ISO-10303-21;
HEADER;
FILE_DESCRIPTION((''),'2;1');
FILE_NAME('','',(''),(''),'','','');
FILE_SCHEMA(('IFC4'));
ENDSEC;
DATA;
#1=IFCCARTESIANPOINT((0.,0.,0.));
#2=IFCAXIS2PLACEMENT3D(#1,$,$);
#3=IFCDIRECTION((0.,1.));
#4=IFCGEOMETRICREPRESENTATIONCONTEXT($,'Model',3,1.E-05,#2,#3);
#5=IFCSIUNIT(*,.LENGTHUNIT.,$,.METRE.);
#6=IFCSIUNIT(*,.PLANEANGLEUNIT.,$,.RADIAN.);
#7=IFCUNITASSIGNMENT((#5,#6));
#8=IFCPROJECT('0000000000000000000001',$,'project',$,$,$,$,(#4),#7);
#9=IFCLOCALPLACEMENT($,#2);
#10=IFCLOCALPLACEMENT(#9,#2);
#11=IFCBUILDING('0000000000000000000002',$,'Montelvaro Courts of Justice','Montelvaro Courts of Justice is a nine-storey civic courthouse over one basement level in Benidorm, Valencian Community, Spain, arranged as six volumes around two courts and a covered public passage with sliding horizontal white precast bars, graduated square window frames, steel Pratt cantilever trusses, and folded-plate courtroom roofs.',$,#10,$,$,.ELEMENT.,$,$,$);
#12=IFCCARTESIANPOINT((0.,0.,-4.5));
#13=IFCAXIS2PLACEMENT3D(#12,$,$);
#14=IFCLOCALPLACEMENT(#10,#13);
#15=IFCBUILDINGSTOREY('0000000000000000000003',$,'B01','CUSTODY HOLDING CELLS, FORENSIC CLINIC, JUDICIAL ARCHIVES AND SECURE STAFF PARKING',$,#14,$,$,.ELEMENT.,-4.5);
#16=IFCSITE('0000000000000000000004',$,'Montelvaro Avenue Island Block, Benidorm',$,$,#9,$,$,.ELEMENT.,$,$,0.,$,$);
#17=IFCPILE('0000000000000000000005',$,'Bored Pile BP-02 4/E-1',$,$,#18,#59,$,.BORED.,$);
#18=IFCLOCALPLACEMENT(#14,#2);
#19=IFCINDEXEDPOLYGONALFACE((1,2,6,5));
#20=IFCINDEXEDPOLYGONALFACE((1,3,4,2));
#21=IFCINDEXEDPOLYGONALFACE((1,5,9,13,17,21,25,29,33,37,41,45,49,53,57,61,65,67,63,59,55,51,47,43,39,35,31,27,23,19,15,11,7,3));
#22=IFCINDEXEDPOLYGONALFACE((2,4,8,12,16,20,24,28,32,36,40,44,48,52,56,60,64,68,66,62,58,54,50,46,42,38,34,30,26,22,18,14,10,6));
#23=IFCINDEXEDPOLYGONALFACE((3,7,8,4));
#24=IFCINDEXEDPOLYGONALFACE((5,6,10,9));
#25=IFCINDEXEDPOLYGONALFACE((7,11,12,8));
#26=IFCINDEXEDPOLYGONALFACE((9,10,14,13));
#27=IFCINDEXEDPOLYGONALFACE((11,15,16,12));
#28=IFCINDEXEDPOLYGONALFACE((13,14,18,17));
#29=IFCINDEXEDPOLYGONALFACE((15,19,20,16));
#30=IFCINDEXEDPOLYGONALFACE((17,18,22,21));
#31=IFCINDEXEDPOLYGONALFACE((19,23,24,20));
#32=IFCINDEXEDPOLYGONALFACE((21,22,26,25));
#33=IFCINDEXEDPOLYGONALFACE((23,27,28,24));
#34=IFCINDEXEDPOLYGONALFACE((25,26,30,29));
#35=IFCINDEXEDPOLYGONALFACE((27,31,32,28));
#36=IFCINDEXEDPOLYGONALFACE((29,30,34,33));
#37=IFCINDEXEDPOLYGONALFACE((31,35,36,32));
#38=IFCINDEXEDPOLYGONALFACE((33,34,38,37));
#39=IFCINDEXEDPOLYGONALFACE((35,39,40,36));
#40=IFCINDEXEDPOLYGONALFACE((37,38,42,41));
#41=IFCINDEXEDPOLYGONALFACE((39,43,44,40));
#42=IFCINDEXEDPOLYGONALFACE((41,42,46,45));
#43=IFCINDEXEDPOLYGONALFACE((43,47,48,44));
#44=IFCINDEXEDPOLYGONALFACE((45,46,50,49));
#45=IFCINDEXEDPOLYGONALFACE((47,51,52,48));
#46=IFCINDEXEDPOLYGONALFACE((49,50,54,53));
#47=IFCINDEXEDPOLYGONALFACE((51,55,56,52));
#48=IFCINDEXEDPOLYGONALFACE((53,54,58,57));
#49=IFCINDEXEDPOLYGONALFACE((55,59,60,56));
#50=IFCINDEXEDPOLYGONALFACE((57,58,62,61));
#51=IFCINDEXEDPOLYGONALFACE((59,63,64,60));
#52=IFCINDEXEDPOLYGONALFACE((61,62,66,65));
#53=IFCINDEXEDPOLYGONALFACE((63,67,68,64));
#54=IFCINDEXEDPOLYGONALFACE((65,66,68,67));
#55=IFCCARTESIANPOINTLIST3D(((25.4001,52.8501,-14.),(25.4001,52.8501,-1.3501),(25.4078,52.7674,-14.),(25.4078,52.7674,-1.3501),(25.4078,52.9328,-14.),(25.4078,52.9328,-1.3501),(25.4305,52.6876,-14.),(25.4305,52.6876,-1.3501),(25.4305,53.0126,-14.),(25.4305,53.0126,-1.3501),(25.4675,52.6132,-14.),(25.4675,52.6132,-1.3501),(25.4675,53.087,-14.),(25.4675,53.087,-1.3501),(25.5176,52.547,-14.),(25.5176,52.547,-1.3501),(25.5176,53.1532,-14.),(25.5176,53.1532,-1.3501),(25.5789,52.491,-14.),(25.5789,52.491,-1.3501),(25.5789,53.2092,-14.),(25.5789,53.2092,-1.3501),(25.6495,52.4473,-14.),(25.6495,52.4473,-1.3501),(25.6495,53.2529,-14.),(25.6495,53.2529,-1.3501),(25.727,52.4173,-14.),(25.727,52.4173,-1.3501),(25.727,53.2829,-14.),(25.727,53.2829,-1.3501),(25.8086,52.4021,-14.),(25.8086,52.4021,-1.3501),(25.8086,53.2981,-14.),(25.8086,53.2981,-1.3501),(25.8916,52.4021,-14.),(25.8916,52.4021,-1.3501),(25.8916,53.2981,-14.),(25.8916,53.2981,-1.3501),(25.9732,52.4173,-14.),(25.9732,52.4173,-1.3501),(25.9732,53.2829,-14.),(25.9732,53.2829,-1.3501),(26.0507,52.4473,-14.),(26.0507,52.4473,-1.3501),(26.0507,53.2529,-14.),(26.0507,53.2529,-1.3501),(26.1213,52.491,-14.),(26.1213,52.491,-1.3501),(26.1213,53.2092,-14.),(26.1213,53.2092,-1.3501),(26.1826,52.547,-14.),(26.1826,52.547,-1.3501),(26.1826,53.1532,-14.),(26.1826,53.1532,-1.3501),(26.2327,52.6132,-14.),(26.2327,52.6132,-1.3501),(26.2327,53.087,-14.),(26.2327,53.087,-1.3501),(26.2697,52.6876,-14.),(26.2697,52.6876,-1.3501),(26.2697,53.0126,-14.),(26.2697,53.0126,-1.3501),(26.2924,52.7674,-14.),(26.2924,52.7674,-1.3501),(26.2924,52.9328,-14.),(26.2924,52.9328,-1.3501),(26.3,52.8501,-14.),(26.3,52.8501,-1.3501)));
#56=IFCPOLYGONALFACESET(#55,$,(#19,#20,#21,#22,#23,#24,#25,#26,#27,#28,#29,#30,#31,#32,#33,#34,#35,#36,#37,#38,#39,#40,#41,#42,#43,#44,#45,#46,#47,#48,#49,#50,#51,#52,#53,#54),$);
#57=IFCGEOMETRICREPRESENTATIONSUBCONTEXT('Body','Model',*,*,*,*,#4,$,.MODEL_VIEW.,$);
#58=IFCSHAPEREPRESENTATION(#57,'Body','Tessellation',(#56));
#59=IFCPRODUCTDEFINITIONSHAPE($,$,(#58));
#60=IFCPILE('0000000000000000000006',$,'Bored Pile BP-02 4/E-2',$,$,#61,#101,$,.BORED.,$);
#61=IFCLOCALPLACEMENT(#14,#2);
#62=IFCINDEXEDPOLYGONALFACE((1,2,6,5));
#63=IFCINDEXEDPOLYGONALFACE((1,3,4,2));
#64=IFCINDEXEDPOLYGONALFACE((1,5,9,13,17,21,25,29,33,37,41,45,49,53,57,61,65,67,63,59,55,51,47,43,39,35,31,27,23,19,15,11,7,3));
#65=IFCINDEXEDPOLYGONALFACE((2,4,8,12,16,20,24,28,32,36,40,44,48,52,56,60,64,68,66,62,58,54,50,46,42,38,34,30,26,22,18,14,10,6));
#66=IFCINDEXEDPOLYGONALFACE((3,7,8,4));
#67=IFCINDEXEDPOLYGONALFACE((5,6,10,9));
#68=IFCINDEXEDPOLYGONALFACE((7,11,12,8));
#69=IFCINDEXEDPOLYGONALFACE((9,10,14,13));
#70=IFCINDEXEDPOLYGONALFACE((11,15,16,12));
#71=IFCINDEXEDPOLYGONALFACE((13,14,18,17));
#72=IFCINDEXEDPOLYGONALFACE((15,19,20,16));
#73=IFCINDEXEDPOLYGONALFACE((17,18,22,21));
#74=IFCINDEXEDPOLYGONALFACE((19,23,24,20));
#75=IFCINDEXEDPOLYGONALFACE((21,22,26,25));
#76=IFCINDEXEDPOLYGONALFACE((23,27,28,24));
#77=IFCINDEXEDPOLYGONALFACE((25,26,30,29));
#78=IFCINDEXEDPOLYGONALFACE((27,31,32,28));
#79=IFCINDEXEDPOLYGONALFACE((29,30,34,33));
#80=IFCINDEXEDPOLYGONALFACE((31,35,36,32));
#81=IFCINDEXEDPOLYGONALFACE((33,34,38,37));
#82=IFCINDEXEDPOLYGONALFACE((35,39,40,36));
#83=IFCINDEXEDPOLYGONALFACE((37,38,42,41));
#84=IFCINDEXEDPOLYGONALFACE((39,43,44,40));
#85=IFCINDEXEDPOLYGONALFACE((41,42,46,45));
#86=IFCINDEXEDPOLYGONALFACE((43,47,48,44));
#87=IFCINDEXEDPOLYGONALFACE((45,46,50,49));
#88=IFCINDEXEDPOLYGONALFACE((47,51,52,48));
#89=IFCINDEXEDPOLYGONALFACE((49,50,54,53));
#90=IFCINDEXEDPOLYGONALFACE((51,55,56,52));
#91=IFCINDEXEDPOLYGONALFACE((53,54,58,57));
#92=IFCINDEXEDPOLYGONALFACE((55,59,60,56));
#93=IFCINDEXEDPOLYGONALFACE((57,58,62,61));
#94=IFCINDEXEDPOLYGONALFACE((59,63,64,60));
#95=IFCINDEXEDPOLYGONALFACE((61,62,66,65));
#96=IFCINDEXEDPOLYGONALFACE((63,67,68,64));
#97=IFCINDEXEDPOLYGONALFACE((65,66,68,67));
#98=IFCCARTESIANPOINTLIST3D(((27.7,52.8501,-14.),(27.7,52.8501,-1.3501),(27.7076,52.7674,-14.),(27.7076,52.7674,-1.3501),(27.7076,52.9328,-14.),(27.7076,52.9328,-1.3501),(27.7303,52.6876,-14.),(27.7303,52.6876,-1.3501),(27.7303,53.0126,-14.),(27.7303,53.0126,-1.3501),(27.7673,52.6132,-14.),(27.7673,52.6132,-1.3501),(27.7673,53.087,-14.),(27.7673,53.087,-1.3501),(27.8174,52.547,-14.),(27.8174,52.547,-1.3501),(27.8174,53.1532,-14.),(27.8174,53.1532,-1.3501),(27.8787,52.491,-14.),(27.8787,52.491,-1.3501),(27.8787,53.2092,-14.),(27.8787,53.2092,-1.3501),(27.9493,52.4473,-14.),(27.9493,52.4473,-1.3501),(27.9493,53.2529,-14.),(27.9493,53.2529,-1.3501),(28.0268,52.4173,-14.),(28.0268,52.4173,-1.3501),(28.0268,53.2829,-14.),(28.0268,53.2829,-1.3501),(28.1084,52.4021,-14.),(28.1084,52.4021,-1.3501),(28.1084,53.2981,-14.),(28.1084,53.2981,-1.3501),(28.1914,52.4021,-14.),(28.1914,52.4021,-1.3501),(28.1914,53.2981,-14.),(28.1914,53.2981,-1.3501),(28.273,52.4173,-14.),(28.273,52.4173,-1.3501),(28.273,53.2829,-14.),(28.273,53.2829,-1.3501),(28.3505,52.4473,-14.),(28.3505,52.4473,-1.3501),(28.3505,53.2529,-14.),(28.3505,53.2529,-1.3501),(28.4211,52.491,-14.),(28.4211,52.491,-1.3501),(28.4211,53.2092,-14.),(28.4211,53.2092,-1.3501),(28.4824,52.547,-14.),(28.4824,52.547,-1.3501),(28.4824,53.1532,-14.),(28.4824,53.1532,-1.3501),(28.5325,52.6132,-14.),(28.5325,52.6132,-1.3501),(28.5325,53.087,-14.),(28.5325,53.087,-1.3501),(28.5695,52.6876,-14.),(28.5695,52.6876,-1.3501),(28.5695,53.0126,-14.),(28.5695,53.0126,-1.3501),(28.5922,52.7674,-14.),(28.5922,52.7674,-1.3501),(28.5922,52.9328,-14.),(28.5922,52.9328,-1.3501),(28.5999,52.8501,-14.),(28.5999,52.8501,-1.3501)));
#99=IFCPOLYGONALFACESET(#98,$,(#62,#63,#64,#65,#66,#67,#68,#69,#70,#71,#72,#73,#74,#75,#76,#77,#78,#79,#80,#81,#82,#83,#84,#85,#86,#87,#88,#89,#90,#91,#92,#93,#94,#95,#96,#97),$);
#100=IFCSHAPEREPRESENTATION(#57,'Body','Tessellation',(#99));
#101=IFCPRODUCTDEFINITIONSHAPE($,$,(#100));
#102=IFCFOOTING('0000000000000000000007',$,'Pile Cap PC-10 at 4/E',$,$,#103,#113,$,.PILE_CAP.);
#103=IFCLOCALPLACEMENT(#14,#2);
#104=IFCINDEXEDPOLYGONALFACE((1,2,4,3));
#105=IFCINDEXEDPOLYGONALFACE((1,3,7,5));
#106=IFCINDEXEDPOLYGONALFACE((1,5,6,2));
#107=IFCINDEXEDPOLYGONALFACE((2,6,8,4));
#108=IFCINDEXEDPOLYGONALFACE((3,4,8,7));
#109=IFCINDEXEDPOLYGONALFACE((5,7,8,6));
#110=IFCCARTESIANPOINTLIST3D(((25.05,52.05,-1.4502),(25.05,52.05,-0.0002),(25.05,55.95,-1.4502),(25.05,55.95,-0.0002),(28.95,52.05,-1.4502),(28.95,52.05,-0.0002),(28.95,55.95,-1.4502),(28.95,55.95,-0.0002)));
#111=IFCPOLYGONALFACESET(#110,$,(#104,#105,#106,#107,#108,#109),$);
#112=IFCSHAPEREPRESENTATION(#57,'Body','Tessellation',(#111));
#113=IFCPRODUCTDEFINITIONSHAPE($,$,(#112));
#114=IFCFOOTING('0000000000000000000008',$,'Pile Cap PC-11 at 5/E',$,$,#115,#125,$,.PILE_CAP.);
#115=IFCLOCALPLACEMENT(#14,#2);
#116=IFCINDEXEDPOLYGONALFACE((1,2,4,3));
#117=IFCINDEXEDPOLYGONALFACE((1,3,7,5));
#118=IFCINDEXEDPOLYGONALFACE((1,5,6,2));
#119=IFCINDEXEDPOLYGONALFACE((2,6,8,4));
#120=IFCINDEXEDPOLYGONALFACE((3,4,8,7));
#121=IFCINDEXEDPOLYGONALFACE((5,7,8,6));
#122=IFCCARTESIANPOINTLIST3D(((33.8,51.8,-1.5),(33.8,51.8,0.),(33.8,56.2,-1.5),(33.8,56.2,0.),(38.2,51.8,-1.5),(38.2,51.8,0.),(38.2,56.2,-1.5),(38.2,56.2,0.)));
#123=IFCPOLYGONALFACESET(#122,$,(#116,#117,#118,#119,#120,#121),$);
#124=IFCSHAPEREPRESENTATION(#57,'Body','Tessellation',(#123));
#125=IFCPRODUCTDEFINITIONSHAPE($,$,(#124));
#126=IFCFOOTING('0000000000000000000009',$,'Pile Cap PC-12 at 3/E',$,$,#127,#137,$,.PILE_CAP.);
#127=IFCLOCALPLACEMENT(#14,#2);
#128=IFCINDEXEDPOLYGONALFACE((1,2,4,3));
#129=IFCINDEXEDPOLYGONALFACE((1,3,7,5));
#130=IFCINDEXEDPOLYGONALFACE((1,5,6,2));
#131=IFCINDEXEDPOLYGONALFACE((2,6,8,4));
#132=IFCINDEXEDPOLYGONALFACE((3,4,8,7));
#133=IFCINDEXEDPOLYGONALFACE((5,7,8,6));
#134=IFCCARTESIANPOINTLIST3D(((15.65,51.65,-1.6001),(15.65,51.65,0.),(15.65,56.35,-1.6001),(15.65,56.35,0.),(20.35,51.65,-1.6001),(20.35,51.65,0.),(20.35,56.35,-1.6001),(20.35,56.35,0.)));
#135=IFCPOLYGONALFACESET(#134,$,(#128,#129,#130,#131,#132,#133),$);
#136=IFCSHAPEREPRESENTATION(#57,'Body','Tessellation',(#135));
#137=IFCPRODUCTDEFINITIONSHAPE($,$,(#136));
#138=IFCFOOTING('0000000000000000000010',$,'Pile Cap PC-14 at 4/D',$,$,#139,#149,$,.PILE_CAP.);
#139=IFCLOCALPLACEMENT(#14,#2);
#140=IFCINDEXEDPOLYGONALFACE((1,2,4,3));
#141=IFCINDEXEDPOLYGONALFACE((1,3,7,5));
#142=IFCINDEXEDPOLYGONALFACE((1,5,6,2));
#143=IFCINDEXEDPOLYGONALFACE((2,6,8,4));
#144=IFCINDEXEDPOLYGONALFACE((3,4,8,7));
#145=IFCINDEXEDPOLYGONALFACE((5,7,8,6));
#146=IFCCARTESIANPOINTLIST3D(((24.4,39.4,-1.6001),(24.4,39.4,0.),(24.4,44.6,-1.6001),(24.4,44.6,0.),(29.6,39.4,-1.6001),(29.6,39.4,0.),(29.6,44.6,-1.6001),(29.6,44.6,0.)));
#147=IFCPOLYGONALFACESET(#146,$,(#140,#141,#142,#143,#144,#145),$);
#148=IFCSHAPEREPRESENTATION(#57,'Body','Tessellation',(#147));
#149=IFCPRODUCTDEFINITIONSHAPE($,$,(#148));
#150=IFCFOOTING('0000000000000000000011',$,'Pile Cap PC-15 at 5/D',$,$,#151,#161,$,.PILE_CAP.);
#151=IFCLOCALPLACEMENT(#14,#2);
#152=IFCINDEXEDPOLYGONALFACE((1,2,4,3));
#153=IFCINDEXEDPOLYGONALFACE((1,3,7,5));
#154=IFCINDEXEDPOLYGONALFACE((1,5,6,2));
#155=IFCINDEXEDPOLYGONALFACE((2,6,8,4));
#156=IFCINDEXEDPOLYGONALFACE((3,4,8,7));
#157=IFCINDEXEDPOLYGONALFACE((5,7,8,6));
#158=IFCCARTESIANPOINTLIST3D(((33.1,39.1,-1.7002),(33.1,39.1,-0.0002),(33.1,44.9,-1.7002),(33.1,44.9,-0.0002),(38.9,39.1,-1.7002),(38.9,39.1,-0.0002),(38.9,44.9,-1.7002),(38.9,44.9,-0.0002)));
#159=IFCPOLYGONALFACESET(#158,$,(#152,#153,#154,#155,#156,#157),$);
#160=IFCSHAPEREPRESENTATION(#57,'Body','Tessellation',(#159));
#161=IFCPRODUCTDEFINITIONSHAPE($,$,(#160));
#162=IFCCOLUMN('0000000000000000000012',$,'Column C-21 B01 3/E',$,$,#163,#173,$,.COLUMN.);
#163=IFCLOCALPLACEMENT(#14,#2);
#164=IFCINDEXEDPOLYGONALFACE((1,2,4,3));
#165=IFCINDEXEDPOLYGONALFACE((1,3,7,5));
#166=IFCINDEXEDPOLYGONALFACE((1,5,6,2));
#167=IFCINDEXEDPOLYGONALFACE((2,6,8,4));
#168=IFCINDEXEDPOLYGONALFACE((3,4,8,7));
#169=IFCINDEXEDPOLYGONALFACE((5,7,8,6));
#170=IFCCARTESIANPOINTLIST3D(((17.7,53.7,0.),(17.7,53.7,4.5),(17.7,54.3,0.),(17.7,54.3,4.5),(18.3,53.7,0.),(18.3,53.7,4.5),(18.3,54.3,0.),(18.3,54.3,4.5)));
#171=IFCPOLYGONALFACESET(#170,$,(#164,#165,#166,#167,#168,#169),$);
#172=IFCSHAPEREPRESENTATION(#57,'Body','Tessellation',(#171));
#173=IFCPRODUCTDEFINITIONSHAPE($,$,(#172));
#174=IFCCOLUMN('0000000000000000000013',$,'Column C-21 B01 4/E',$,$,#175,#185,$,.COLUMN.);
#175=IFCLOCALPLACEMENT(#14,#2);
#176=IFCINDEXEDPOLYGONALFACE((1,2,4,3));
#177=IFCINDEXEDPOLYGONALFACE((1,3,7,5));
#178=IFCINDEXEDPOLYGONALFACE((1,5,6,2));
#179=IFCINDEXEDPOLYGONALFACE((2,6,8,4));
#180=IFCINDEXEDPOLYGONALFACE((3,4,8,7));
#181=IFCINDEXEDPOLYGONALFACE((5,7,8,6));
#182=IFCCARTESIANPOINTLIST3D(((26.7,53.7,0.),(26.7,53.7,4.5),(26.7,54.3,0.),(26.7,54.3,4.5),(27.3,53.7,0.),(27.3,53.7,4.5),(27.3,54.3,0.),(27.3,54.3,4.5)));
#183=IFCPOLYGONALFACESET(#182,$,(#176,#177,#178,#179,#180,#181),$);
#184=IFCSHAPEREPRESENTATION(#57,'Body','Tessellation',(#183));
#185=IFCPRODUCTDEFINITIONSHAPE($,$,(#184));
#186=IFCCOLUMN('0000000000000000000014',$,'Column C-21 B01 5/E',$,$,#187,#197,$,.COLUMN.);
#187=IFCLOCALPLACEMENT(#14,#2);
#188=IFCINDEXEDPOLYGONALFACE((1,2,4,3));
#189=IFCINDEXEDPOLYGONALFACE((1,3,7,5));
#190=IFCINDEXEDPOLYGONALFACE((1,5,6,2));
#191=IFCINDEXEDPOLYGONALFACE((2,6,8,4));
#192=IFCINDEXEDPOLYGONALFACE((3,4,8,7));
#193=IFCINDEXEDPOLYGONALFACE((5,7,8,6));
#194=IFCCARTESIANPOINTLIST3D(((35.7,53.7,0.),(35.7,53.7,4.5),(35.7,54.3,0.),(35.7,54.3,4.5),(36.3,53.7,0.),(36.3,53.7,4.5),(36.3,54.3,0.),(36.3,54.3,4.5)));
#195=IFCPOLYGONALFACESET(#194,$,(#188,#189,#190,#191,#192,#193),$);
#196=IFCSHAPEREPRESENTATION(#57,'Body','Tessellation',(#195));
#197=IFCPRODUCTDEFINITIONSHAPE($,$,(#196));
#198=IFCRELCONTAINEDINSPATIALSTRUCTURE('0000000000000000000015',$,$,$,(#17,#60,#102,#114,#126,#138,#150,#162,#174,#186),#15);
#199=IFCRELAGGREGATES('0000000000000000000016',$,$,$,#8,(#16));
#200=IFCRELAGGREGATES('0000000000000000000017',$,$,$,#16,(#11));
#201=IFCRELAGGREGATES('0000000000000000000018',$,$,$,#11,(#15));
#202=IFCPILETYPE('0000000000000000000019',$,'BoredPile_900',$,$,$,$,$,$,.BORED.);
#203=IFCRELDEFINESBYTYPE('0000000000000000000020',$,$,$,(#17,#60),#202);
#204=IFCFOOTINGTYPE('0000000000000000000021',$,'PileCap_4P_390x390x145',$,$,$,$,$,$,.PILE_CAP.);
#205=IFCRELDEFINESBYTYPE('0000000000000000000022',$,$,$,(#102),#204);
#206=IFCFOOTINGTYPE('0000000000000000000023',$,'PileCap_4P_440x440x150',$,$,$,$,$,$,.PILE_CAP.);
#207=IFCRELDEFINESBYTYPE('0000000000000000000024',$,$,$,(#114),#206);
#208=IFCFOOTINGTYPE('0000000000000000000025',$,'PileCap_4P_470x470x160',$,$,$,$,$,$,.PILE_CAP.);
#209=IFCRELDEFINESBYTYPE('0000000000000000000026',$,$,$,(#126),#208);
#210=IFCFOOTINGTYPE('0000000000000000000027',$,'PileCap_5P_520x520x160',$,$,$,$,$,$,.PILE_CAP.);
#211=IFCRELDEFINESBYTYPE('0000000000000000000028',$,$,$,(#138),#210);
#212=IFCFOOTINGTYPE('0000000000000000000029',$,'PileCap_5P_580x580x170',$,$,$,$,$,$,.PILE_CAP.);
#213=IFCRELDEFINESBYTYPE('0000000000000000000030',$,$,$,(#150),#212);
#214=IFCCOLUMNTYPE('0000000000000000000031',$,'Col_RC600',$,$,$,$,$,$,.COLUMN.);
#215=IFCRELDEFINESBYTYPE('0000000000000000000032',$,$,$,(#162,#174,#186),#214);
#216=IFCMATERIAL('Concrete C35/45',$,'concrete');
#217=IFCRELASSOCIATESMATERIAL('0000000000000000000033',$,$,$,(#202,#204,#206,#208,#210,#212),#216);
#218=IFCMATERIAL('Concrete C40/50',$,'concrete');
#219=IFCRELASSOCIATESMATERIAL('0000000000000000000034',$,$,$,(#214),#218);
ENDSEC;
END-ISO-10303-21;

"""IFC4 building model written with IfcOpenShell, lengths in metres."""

from ifc_helpers import new_model, si_unit, direction, frame, origin, origin_2d, place, context, subcontext, project, spatial, rectangle, circle, extrude, material, material_profile, profile_set, type_object, element, save


model = new_model("IFC4")

# Units and contexts
model_context = context("Model", 3, precision=1e-05, world=origin(), true_north=direction((0.0, 1.0)))
body_context = subcontext(model_context, "Body", "Model", "MODEL_VIEW")
ifc_project = project(units=[si_unit("LENGTHUNIT", "METRE"), si_unit("PLANEANGLEUNIT", "RADIAN")], contexts=[model_context])

# Site, building, storey
site_placement = place(None, origin())
site = spatial("IfcSite", under=ifc_project, at=site_placement, Name="Montelvaro Avenue Island Block, Benidorm", CompositionType="ELEMENT", RefElevation=0.0)
building_placement = place(site_placement, origin())
building = spatial("IfcBuilding", under=site, at=building_placement, Name="Montelvaro Courts of Justice", Description="Montelvaro Courts of Justice is a nine-storey civic courthouse over one basement level in Benidorm, Valencian Community, Spain, arranged as six volumes around two courts and a covered public passage with sliding horizontal white precast bars, graduated square window frames, steel Pratt cantilever trusses, and folded-plate courtroom roofs.", CompositionType="ELEMENT")
storey_placement = place(building_placement, frame((0.0, 0.0, -4.5)))
storey = spatial("IfcBuildingStorey", under=building, at=storey_placement, Name="B01", Description="CUSTODY HOLDING CELLS, FORENSIC CLINIC, JUDICIAL ARCHIVES AND SECURE STAFF PARKING", CompositionType="ELEMENT", Elevation=-4.5)

# Piles
ifc_material_1 = material(Name="Concrete C35/45", Category="concrete")
ifc_material_profile_1 = material_profile(ifc_material_1, circle(Radius=0.45, at=origin_2d()), Name="BORED PILE D900")
ifc_profile_set_1 = profile_set([ifc_material_profile_1], Name="Concrete C35/45")
pile_type_1 = type_object("IfcPileType", Name="BoredPile_900", PredefinedType="BORED", material=ifc_profile_set_1)
for number, where, z_axis, x_axis, name in (
    (1, (25.8501, 52.8501, -1.3501), (0.0, 0.0, -1.0), (1.0, 0.0, 0.0), "Bored Pile BP-02 4/E-1"),
    (2, (28.1499, 52.8501, -1.3501), (0.0, 0.0, -1.0), (1.0, 0.0, 0.0), "Bored Pile BP-02 4/E-2"),
):
    element("IfcPile", number, at=place(storey_placement, frame(where, z_axis=z_axis, x_axis=x_axis)), inside=storey, type_object=pile_type_1, Name=name, PredefinedType="BORED", context=body_context, shape_type="SweptSolid", body=[
        extrude(circle(Radius=0.45, at=origin_2d()), origin(), (0.0, 0.0, 1.0), 12.6499),
    ])

# Footings
footing_type_1 = type_object("IfcFootingType", Name="PileCap_4P_390x390x145", PredefinedType="PILE_CAP", material=ifc_material_1)
footing_1_placement = place(storey_placement, frame((27.0, 54.0, -1.4502), z_axis=(0.0, 0.0, 1.0), x_axis=(1.0, 0.0, 0.0)))
element("IfcFooting", 3, at=footing_1_placement, inside=storey, type_object=footing_type_1, Name="Pile Cap PC-10 at 4/E", PredefinedType="PILE_CAP", context=body_context, shape_type="SweptSolid", body=[
    extrude(rectangle(XDim=3.8999, YDim=3.8999, at=origin_2d()), origin(), (0.0, 0.0, 1.0), 1.45),
])
footing_type_2 = type_object("IfcFootingType", Name="PileCap_4P_440x440x150", PredefinedType="PILE_CAP", material=ifc_material_1)
footing_2_placement = place(storey_placement, frame((36.0, 54.0, -1.5), z_axis=(0.0, 0.0, 1.0), x_axis=(1.0, 0.0, 0.0)))
element("IfcFooting", 4, at=footing_2_placement, inside=storey, type_object=footing_type_2, Name="Pile Cap PC-11 at 5/E", PredefinedType="PILE_CAP", context=body_context, shape_type="SweptSolid", body=[
    extrude(rectangle(XDim=4.3999, YDim=4.3999, at=origin_2d()), origin(), (0.0, 0.0, 1.0), 1.5),
])
footing_type_3 = type_object("IfcFootingType", Name="PileCap_4P_470x470x160", PredefinedType="PILE_CAP", material=ifc_material_1)
footing_3_placement = place(storey_placement, frame((18.0, 54.0, -1.6001), z_axis=(0.0, 0.0, 1.0), x_axis=(1.0, 0.0, 0.0)))
element("IfcFooting", 5, at=footing_3_placement, inside=storey, type_object=footing_type_3, Name="Pile Cap PC-12 at 3/E", PredefinedType="PILE_CAP", context=body_context, shape_type="SweptSolid", body=[
    extrude(rectangle(XDim=4.7, YDim=4.7, at=origin_2d()), origin(), (0.0, 0.0, 1.0), 1.6001),
])
footing_type_4 = type_object("IfcFootingType", Name="PileCap_5P_520x520x160", PredefinedType="PILE_CAP", material=ifc_material_1)
footing_4_placement = place(storey_placement, frame((27.0, 42.0, -1.6001), z_axis=(0.0, 0.0, 1.0), x_axis=(1.0, 0.0, 0.0)))
element("IfcFooting", 6, at=footing_4_placement, inside=storey, type_object=footing_type_4, Name="Pile Cap PC-14 at 4/D", PredefinedType="PILE_CAP", context=body_context, shape_type="SweptSolid", body=[
    extrude(rectangle(XDim=5.2, YDim=5.2, at=origin_2d()), origin(), (0.0, 0.0, 1.0), 1.6001),
])
footing_type_5 = type_object("IfcFootingType", Name="PileCap_5P_580x580x170", PredefinedType="PILE_CAP", material=ifc_material_1)
footing_5_placement = place(storey_placement, frame((36.0, 42.0, -1.7002), z_axis=(0.0, 0.0, 1.0), x_axis=(1.0, 0.0, 0.0)))
element("IfcFooting", 7, at=footing_5_placement, inside=storey, type_object=footing_type_5, Name="Pile Cap PC-15 at 5/D", PredefinedType="PILE_CAP", context=body_context, shape_type="SweptSolid", body=[
    extrude(rectangle(XDim=5.8, YDim=5.8, at=origin_2d()), origin(), (0.0, 0.0, 1.0), 1.7),
])

# Columns
ifc_material_2 = material(Name="Concrete C40/50", Category="concrete")
ifc_material_profile_2 = material_profile(ifc_material_2, rectangle(XDim=0.6001, YDim=0.6001, at=origin_2d()), Name="RC 600x600")
ifc_profile_set_2 = profile_set([ifc_material_profile_2], Name="Concrete C40/50")
column_type_1 = type_object("IfcColumnType", Name="Col_RC600", PredefinedType="COLUMN", material=ifc_profile_set_2)
for number, where, z_axis, x_axis, name in (
    (8, (18.0, 54.0, 0.0), (0.0, 0.0, 1.0), (1.0, 0.0, 0.0), "Column C-21 B01 3/E"),
    (9, (27.0, 54.0, 0.0), (0.0, 0.0, 1.0), (1.0, 0.0, 0.0), "Column C-21 B01 4/E"),
    (10, (36.0, 54.0, 0.0), (0.0, 0.0, 1.0), (1.0, 0.0, 0.0), "Column C-21 B01 5/E"),
):
    element("IfcColumn", number, at=place(storey_placement, frame(where, z_axis=z_axis, x_axis=x_axis)), inside=storey, type_object=column_type_1, Name=name, PredefinedType="COLUMN", context=body_context, shape_type="SweptSolid", body=[
        extrude(rectangle(XDim=0.6001, YDim=0.6001, at=origin_2d()), origin(), (0.0, 0.0, 1.0), 4.5),
    ])

save(model, "model.ifc")
